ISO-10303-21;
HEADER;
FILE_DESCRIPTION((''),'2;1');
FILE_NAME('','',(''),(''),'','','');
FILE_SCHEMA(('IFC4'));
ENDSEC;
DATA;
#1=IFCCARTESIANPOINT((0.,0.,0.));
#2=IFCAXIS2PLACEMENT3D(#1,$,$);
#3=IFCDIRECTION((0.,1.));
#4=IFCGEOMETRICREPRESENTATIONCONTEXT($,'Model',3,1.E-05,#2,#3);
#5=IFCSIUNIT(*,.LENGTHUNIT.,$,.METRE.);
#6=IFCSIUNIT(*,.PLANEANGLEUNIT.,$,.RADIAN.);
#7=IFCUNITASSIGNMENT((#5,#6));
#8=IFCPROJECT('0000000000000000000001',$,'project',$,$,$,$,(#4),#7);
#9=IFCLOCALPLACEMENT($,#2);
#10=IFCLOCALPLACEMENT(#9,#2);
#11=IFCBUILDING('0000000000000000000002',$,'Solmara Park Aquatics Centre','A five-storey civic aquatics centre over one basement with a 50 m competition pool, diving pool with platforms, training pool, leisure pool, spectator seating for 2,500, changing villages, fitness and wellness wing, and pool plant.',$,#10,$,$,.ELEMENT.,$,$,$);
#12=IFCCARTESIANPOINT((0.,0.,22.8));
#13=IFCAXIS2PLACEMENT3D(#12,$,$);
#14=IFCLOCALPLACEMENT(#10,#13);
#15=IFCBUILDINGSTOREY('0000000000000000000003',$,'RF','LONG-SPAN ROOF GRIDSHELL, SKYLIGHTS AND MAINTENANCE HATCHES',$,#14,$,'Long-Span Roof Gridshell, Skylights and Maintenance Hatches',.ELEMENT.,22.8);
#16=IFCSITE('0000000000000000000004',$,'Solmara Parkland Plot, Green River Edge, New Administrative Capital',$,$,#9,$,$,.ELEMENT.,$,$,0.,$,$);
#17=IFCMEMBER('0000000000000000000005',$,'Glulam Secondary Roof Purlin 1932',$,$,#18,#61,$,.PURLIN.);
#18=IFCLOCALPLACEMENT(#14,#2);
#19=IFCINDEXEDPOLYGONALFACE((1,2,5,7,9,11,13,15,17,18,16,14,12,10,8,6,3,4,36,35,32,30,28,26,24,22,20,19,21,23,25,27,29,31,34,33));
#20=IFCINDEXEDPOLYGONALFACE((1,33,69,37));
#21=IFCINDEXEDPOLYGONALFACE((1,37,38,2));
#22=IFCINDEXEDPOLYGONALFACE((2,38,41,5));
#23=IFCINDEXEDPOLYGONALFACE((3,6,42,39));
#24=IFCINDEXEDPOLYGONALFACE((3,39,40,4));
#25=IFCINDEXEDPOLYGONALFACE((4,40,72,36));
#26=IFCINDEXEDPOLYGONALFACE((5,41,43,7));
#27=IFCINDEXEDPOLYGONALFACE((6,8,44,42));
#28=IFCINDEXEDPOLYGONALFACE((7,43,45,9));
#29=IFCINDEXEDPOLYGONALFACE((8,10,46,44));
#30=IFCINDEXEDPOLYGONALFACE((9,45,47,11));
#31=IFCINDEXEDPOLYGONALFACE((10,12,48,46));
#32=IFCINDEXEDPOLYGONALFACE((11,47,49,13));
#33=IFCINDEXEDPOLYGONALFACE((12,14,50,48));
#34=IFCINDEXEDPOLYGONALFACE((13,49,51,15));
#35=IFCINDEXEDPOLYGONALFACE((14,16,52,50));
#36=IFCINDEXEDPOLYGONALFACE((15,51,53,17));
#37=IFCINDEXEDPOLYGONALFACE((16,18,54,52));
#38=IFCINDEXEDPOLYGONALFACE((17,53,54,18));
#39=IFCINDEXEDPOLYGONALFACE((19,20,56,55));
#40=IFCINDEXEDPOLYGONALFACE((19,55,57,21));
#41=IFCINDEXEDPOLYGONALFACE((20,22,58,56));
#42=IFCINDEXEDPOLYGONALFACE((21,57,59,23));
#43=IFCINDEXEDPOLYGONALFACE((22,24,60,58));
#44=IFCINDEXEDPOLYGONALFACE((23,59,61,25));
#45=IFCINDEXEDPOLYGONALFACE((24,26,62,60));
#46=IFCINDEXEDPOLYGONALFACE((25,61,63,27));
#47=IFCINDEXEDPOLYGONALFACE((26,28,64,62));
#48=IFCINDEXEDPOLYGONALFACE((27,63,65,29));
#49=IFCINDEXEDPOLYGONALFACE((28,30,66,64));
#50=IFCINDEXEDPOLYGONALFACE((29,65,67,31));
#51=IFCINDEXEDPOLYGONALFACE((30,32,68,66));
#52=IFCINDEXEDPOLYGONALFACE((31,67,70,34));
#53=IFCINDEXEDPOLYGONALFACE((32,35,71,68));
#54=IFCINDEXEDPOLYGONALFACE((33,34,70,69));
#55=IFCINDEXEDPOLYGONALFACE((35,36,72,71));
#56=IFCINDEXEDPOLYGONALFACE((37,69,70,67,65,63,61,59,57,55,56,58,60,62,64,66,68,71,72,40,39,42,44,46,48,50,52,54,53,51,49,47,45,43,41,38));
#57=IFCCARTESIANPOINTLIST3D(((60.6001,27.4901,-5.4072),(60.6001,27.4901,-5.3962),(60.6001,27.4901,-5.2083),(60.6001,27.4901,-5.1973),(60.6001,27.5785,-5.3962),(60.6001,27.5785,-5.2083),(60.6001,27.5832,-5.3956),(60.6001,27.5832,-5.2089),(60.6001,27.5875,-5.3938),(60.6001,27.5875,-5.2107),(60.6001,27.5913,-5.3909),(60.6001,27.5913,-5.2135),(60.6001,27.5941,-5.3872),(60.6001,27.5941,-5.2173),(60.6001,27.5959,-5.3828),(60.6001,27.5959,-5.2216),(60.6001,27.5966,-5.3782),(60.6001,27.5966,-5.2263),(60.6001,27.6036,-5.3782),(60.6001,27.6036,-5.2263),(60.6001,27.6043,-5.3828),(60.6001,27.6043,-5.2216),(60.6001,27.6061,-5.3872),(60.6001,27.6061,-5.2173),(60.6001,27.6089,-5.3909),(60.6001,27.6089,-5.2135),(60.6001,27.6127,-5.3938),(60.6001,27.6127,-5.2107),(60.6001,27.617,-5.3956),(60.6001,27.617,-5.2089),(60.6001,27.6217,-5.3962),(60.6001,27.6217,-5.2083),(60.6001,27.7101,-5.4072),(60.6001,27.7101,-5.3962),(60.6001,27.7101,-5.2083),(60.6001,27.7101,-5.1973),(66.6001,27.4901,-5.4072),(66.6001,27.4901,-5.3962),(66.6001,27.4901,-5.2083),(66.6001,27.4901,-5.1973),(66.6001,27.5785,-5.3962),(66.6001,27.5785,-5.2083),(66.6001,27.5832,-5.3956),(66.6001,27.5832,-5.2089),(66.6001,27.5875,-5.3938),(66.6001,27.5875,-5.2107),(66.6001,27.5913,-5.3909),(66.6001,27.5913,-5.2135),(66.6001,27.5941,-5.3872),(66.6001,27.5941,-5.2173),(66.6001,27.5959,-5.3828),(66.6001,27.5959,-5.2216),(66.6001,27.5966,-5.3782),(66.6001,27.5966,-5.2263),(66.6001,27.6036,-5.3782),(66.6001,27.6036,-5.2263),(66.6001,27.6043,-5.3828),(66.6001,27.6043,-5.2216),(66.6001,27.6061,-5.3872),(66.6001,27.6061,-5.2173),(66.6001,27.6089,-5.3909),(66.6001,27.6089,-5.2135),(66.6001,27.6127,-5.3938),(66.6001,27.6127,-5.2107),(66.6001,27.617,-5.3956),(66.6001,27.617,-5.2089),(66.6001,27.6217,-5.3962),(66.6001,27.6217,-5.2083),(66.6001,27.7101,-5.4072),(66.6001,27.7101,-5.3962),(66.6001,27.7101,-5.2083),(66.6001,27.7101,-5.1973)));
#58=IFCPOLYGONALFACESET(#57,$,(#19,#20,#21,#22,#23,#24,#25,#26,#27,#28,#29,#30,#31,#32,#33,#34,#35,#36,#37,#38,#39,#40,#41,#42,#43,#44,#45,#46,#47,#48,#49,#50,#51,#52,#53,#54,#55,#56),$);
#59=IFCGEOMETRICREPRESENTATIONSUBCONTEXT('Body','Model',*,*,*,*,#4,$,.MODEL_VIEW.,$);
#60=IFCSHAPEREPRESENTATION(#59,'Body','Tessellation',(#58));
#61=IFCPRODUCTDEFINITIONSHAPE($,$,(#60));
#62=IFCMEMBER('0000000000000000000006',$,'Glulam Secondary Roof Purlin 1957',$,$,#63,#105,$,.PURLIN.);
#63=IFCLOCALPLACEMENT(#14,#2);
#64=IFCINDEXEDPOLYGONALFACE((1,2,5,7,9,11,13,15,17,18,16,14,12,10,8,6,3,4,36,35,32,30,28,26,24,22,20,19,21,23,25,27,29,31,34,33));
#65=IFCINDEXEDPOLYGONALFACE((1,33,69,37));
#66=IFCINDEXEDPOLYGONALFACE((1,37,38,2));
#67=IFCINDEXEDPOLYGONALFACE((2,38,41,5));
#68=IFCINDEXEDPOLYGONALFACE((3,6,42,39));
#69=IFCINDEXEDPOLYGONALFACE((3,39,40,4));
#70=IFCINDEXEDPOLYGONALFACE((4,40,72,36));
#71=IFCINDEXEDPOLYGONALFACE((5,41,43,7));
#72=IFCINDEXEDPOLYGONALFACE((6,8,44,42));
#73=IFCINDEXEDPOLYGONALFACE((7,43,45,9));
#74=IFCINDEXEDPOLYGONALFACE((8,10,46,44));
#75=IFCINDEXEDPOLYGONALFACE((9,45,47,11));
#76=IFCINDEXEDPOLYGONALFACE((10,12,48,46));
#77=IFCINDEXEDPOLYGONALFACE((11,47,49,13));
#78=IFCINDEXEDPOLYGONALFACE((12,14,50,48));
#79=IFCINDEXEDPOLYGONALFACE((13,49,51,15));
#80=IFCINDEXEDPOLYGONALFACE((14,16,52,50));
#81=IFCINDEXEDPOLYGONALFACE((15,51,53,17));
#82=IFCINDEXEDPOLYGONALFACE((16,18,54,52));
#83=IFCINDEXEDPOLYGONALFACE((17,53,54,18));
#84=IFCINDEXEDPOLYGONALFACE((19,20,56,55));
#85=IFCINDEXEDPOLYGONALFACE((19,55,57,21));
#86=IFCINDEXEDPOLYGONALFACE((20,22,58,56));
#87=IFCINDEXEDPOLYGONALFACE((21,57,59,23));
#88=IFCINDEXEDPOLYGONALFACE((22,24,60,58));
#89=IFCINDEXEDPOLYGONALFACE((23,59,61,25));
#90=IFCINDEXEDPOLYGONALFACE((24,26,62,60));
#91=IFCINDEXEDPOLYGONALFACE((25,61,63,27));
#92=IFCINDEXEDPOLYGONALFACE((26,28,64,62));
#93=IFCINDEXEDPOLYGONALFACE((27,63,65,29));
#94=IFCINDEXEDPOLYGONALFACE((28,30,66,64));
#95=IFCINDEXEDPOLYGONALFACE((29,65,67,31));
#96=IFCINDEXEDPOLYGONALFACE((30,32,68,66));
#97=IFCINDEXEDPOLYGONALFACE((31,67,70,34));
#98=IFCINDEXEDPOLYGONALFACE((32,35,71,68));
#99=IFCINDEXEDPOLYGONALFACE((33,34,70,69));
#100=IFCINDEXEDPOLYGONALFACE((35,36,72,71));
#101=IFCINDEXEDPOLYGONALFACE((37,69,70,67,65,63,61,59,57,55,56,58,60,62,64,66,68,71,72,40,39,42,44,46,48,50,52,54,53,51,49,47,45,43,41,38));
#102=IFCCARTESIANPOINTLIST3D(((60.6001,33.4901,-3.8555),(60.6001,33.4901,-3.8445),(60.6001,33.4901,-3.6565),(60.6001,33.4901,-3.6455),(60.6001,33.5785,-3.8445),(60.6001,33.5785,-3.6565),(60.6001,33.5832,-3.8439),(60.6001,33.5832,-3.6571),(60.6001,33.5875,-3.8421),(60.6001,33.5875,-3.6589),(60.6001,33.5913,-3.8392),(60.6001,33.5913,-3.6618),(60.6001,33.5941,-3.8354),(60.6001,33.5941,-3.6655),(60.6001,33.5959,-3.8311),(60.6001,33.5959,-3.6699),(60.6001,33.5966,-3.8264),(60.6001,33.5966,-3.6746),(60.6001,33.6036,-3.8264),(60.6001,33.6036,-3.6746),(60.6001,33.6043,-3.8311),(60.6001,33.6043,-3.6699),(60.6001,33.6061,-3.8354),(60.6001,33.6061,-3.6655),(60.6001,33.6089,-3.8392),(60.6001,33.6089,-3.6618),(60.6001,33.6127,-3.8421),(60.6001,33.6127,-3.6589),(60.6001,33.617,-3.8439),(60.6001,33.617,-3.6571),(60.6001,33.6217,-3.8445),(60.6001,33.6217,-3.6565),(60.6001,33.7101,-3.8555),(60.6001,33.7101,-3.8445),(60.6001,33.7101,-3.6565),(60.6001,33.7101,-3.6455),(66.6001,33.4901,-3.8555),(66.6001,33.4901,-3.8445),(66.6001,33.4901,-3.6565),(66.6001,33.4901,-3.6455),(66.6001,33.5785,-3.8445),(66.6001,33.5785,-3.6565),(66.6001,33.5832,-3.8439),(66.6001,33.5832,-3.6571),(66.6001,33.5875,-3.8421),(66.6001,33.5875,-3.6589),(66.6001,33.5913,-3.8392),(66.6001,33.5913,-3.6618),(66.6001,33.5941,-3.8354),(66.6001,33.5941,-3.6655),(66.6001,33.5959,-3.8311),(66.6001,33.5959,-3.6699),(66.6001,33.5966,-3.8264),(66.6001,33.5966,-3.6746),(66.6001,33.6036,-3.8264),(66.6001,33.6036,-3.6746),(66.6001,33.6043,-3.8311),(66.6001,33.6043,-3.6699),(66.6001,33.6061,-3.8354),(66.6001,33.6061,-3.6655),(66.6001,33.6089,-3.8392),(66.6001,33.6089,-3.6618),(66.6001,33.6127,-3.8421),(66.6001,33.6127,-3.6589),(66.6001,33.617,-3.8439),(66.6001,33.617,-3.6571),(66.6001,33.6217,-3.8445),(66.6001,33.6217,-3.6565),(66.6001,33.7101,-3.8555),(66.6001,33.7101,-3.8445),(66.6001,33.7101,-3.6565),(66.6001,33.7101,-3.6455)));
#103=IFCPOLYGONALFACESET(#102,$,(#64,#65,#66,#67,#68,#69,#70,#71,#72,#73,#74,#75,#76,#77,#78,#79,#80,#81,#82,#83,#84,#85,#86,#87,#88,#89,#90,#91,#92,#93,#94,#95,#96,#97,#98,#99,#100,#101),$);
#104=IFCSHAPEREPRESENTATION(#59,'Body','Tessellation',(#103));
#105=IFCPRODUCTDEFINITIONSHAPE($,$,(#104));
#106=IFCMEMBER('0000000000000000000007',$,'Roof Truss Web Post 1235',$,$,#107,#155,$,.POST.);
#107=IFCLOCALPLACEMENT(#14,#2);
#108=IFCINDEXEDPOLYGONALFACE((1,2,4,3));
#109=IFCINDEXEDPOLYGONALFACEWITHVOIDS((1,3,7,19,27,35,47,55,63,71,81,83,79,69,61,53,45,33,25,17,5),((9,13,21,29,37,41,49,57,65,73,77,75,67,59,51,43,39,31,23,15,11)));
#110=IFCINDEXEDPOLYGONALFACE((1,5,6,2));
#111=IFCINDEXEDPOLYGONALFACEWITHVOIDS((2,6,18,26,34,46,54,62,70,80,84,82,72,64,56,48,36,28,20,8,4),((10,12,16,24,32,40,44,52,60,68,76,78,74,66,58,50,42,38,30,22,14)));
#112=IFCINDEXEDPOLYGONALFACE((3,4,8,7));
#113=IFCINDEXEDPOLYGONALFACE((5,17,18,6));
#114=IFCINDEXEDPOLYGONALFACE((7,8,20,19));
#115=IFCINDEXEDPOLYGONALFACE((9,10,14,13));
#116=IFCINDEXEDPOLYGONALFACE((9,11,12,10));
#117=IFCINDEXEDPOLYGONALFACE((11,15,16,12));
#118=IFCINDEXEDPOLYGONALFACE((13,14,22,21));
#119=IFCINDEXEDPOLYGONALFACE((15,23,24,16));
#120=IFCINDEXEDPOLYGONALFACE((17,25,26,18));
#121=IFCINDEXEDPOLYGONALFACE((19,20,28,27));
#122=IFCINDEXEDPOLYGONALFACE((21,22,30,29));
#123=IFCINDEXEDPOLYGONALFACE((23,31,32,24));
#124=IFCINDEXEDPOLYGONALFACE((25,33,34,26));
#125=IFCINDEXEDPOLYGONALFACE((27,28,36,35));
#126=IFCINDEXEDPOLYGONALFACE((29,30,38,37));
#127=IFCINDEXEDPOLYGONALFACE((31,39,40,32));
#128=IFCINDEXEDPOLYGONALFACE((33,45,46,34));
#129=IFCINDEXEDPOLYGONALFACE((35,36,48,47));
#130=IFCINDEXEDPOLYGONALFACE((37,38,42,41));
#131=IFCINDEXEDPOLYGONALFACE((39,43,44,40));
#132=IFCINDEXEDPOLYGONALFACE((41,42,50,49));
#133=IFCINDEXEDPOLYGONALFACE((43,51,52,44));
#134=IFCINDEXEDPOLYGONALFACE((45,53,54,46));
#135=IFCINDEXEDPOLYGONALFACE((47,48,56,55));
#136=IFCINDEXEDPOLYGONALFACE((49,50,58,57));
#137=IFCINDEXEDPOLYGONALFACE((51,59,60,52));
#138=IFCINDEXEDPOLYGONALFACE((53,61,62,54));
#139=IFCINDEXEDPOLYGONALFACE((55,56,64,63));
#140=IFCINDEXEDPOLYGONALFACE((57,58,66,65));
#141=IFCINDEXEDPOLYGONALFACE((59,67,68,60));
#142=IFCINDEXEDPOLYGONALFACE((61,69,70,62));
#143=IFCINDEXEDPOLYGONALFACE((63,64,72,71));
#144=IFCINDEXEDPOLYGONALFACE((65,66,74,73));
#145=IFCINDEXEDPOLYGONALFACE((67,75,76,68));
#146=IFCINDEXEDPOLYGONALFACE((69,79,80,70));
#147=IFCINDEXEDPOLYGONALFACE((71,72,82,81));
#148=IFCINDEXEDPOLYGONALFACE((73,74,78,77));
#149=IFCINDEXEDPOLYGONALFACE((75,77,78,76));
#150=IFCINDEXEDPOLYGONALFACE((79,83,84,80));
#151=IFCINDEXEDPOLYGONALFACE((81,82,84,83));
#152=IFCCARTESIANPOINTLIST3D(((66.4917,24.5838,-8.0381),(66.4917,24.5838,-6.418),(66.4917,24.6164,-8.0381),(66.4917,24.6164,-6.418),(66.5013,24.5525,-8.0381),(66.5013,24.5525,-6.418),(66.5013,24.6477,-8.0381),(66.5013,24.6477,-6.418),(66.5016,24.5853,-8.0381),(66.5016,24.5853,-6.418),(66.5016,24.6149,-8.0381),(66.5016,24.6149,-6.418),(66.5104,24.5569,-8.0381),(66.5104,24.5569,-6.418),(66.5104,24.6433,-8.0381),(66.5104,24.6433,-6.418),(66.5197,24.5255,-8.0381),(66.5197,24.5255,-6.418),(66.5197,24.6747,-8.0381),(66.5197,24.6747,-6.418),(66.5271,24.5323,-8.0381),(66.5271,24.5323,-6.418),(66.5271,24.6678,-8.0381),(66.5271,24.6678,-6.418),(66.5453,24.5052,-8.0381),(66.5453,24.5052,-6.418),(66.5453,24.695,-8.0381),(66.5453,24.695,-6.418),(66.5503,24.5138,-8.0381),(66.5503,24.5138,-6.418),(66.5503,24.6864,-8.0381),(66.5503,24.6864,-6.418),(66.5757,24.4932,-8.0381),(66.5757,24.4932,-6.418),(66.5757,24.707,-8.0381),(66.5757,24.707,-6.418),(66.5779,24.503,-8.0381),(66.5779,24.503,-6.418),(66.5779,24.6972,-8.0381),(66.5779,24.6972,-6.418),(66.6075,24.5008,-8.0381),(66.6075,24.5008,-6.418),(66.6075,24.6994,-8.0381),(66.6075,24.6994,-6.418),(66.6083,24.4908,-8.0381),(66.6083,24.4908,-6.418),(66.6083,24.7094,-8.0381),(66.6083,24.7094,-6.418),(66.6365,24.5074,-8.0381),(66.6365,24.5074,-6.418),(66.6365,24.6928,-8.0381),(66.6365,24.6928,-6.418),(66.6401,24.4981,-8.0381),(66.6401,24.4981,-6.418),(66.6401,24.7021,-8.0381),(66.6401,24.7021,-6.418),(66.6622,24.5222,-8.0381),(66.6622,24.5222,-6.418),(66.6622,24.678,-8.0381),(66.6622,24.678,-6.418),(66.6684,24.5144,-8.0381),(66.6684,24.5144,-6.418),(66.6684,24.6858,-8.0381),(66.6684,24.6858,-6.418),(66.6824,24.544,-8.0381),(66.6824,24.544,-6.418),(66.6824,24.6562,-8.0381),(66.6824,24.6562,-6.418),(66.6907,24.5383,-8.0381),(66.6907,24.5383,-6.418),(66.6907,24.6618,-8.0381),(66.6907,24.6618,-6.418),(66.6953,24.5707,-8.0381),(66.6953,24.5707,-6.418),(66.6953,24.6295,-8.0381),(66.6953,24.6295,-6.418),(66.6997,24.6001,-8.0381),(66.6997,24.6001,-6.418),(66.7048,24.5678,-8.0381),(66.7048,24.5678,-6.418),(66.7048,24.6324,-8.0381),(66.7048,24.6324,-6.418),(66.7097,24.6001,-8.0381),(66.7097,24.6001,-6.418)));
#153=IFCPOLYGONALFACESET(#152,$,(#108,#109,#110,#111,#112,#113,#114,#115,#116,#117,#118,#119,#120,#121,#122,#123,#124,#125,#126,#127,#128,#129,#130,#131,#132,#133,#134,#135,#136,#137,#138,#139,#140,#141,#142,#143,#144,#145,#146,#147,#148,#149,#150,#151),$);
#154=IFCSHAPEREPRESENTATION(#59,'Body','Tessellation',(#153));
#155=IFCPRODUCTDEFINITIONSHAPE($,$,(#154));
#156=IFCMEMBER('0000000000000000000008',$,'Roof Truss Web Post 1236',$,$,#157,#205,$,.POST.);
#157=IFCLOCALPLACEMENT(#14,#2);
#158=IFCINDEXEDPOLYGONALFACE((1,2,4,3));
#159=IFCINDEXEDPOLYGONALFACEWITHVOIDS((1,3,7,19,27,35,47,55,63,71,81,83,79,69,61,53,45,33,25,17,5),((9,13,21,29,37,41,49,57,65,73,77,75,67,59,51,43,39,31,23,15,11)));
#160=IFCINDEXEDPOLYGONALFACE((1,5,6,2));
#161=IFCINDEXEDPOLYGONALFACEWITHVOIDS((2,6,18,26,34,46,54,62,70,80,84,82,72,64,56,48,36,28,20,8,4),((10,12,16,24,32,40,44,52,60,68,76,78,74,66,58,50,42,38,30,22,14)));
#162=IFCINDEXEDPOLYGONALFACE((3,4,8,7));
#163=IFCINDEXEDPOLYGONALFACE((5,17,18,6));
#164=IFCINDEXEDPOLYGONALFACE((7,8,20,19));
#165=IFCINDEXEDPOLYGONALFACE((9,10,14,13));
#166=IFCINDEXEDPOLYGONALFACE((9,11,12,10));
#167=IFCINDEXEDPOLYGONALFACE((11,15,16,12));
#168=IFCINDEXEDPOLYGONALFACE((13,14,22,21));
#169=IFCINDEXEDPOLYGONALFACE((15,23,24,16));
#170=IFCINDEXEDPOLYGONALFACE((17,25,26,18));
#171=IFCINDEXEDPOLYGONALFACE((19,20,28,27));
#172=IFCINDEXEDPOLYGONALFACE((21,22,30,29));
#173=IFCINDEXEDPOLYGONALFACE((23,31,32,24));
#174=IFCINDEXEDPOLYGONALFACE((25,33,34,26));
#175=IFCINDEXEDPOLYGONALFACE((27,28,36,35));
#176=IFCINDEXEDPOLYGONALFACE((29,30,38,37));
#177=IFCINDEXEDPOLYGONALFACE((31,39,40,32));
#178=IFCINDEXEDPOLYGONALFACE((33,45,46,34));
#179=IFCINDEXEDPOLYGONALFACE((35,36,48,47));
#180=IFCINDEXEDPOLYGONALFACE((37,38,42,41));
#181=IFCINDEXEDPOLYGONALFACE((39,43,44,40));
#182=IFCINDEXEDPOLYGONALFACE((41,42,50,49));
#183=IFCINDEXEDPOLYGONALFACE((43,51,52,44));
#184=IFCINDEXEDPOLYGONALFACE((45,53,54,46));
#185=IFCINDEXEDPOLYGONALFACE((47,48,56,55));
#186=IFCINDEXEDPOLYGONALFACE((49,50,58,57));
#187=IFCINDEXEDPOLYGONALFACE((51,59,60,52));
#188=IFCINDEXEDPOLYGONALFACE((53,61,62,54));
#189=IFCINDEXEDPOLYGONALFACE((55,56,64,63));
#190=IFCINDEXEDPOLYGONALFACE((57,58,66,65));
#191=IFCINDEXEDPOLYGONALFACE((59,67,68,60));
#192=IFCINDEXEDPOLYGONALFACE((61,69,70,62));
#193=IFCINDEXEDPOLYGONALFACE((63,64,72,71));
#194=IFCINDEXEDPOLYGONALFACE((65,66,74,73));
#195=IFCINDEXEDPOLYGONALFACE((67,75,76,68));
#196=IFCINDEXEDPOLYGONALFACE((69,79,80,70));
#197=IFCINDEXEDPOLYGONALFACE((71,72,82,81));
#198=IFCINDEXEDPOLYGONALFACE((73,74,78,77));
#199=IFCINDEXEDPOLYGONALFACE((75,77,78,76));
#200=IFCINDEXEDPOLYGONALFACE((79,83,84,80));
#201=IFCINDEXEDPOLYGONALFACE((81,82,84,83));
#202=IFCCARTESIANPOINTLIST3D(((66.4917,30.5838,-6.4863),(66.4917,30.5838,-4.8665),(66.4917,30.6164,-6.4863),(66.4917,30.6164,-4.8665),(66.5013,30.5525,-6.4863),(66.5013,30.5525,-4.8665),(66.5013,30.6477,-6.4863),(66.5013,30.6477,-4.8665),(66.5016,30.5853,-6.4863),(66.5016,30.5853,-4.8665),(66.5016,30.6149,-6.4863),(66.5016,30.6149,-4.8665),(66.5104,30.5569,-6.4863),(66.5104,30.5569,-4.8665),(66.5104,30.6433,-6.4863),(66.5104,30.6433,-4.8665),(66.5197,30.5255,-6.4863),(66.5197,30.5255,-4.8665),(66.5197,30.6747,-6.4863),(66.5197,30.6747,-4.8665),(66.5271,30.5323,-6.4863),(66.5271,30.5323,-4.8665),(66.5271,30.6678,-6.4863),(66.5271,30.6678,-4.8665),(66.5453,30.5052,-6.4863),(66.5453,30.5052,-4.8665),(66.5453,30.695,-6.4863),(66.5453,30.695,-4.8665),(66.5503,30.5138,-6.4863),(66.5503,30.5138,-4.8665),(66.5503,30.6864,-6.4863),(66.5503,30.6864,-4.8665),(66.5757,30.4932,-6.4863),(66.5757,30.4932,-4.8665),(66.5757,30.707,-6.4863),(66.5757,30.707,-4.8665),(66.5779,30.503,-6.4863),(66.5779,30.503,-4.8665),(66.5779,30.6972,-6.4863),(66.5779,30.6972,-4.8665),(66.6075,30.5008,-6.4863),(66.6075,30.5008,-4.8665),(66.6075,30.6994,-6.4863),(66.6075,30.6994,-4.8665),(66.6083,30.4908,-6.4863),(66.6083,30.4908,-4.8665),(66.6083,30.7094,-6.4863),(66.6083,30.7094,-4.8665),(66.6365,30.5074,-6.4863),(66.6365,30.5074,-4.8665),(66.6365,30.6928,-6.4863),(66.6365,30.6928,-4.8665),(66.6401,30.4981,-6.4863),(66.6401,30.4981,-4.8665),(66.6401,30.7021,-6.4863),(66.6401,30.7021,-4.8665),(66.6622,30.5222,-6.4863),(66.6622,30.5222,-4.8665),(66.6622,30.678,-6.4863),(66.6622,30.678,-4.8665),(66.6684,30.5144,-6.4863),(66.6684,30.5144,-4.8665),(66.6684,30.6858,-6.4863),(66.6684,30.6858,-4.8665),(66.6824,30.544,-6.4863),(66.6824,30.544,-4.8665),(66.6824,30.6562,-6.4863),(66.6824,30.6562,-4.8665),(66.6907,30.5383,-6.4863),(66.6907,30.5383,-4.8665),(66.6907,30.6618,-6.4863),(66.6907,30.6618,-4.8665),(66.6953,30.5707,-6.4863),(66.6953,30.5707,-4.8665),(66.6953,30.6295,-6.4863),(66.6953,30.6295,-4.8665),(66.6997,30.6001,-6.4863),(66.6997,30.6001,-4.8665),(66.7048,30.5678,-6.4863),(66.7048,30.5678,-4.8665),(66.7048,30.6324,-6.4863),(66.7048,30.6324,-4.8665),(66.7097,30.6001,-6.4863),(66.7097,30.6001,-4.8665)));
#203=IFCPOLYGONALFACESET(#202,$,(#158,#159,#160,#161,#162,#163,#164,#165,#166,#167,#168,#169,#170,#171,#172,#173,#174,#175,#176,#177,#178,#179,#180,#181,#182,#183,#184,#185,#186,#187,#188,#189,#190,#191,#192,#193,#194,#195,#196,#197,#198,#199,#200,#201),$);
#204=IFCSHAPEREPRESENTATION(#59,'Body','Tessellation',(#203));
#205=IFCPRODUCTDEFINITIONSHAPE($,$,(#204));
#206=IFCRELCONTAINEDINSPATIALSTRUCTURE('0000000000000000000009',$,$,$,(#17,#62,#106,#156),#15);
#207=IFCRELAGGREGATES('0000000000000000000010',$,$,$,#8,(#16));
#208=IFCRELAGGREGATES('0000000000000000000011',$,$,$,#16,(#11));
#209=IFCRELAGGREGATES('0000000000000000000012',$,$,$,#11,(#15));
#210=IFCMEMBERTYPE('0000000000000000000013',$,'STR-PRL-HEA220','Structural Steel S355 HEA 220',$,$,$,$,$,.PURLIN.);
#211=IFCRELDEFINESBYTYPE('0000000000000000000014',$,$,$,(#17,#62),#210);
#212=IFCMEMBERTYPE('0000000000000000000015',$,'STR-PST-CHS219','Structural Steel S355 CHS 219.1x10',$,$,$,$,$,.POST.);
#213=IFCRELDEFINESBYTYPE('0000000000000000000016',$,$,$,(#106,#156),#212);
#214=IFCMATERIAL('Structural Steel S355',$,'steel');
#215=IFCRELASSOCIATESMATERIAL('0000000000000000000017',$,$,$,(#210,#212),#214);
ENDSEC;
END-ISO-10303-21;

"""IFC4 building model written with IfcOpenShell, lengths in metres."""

from ifc_helpers import new_model, si_unit, direction, frame, origin, origin_2d, place, context, subcontext, project, spatial, hollow_circle, i_section, extrude, material, material_profile, profile_set, type_object, element, save


model = new_model("IFC4")

# Units and contexts
model_context = context("Model", 3, precision=1e-05, world=origin(), true_north=direction((0.0, 1.0)))
body_context = subcontext(model_context, "Body", "Model", "MODEL_VIEW")
ifc_project = project(units=[si_unit("LENGTHUNIT", "METRE"), si_unit("PLANEANGLEUNIT", "RADIAN")], contexts=[model_context])

# Site, building, storey
site_placement = place(None, origin())
site = spatial("IfcSite", under=ifc_project, at=site_placement, Name="Solmara Parkland Plot, Green River Edge, New Administrative Capital", CompositionType="ELEMENT", RefElevation=0.0)
building_placement = place(site_placement, origin())
building = spatial("IfcBuilding", under=site, at=building_placement, Name="Solmara Park Aquatics Centre", Description="A five-storey civic aquatics centre over one basement with a 50 m competition pool, diving pool with platforms, training pool, leisure pool, spectator seating for 2,500, changing villages, fitness and wellness wing, and pool plant.", CompositionType="ELEMENT")
storey_placement = place(building_placement, frame((0.0, 0.0, 22.8)))
storey = spatial("IfcBuildingStorey", under=building, at=storey_placement, Name="RF", Description="LONG-SPAN ROOF GRIDSHELL, SKYLIGHTS AND MAINTENANCE HATCHES", LongName="Long-Span Roof Gridshell, Skylights and Maintenance Hatches", CompositionType="ELEMENT", Elevation=22.8)

# Members
ifc_material_1 = material(Name="Structural Steel S355", Category="steel")
ifc_material_profile_1 = material_profile(ifc_material_1, i_section(OverallWidth=0.22, OverallDepth=0.21, WebThickness=0.0071, FlangeThickness=0.011, FilletRadius=0.0181, at=origin_2d()), Name="HEA 220")
ifc_profile_set_1 = profile_set([ifc_material_profile_1], Name="Structural Steel S355")
member_type_1 = type_object("IfcMemberType", Name="STR-PRL-HEA220", Description="Structural Steel S355 HEA 220", PredefinedType="PURLIN", material=ifc_profile_set_1)
for number, where, z_axis, x_axis, name in (
    (1, (60.6001, 27.6001, -5.3022), (1.0, 0.0, 0.0), (0.0, 1.0, 0.0), "Glulam Secondary Roof Purlin 1932"),
    (2, (60.6001, 33.6001, -3.7505), (1.0, 0.0, 0.0), (0.0, 1.0, 0.0), "Glulam Secondary Roof Purlin 1957"),
):
    element("IfcMember", number, at=place(storey_placement, frame(where, z_axis=z_axis, x_axis=x_axis)), inside=storey, type_object=member_type_1, Name=name, PredefinedType="PURLIN", context=body_context, shape_type="SweptSolid", body=[
        extrude(i_section(OverallWidth=0.22, OverallDepth=0.21, WebThickness=0.0071, FlangeThickness=0.011, FilletRadius=0.0181, at=origin_2d()), origin(), (0.0, 0.0, 1.0), 6.0),
    ])
ifc_material_profile_2 = material_profile(ifc_material_1, hollow_circle(Radius=0.1096, WallThickness=0.01, at=origin_2d()), Name="CHS 219.1x10")
ifc_profile_set_2 = profile_set([ifc_material_profile_2], Name="Structural Steel S355")
member_type_2 = type_object("IfcMemberType", Name="STR-PST-CHS219", Description="Structural Steel S355 CHS 219.1x10", PredefinedType="POST", material=ifc_profile_set_2)
member_1_placement = place(storey_placement, frame((66.6001, 24.6001, -8.0381), z_axis=(0.0, 0.0, 1.0), x_axis=(1.0, 0.0, 0.0)))
element("IfcMember", 3, at=member_1_placement, inside=storey, type_object=member_type_2, Name="Roof Truss Web Post 1235", PredefinedType="POST", context=body_context, shape_type="SweptSolid", body=[
    extrude(hollow_circle(Radius=0.1096, WallThickness=0.01, at=origin_2d()), origin(), (0.0, 0.0, 1.0), 1.6201),
])
member_2_placement = place(storey_placement, frame((66.6001, 30.6001, -6.4863), z_axis=(0.0, 0.0, 1.0), x_axis=(1.0, 0.0, 0.0)))
element("IfcMember", 4, at=member_2_placement, inside=storey, type_object=member_type_2, Name="Roof Truss Web Post 1236", PredefinedType="POST", context=body_context, shape_type="SweptSolid", body=[
    extrude(hollow_circle(Radius=0.1096, WallThickness=0.01, at=origin_2d()), origin(), (0.0, 0.0, 1.0), 1.6199),
])

save(model, "model.ifc")
